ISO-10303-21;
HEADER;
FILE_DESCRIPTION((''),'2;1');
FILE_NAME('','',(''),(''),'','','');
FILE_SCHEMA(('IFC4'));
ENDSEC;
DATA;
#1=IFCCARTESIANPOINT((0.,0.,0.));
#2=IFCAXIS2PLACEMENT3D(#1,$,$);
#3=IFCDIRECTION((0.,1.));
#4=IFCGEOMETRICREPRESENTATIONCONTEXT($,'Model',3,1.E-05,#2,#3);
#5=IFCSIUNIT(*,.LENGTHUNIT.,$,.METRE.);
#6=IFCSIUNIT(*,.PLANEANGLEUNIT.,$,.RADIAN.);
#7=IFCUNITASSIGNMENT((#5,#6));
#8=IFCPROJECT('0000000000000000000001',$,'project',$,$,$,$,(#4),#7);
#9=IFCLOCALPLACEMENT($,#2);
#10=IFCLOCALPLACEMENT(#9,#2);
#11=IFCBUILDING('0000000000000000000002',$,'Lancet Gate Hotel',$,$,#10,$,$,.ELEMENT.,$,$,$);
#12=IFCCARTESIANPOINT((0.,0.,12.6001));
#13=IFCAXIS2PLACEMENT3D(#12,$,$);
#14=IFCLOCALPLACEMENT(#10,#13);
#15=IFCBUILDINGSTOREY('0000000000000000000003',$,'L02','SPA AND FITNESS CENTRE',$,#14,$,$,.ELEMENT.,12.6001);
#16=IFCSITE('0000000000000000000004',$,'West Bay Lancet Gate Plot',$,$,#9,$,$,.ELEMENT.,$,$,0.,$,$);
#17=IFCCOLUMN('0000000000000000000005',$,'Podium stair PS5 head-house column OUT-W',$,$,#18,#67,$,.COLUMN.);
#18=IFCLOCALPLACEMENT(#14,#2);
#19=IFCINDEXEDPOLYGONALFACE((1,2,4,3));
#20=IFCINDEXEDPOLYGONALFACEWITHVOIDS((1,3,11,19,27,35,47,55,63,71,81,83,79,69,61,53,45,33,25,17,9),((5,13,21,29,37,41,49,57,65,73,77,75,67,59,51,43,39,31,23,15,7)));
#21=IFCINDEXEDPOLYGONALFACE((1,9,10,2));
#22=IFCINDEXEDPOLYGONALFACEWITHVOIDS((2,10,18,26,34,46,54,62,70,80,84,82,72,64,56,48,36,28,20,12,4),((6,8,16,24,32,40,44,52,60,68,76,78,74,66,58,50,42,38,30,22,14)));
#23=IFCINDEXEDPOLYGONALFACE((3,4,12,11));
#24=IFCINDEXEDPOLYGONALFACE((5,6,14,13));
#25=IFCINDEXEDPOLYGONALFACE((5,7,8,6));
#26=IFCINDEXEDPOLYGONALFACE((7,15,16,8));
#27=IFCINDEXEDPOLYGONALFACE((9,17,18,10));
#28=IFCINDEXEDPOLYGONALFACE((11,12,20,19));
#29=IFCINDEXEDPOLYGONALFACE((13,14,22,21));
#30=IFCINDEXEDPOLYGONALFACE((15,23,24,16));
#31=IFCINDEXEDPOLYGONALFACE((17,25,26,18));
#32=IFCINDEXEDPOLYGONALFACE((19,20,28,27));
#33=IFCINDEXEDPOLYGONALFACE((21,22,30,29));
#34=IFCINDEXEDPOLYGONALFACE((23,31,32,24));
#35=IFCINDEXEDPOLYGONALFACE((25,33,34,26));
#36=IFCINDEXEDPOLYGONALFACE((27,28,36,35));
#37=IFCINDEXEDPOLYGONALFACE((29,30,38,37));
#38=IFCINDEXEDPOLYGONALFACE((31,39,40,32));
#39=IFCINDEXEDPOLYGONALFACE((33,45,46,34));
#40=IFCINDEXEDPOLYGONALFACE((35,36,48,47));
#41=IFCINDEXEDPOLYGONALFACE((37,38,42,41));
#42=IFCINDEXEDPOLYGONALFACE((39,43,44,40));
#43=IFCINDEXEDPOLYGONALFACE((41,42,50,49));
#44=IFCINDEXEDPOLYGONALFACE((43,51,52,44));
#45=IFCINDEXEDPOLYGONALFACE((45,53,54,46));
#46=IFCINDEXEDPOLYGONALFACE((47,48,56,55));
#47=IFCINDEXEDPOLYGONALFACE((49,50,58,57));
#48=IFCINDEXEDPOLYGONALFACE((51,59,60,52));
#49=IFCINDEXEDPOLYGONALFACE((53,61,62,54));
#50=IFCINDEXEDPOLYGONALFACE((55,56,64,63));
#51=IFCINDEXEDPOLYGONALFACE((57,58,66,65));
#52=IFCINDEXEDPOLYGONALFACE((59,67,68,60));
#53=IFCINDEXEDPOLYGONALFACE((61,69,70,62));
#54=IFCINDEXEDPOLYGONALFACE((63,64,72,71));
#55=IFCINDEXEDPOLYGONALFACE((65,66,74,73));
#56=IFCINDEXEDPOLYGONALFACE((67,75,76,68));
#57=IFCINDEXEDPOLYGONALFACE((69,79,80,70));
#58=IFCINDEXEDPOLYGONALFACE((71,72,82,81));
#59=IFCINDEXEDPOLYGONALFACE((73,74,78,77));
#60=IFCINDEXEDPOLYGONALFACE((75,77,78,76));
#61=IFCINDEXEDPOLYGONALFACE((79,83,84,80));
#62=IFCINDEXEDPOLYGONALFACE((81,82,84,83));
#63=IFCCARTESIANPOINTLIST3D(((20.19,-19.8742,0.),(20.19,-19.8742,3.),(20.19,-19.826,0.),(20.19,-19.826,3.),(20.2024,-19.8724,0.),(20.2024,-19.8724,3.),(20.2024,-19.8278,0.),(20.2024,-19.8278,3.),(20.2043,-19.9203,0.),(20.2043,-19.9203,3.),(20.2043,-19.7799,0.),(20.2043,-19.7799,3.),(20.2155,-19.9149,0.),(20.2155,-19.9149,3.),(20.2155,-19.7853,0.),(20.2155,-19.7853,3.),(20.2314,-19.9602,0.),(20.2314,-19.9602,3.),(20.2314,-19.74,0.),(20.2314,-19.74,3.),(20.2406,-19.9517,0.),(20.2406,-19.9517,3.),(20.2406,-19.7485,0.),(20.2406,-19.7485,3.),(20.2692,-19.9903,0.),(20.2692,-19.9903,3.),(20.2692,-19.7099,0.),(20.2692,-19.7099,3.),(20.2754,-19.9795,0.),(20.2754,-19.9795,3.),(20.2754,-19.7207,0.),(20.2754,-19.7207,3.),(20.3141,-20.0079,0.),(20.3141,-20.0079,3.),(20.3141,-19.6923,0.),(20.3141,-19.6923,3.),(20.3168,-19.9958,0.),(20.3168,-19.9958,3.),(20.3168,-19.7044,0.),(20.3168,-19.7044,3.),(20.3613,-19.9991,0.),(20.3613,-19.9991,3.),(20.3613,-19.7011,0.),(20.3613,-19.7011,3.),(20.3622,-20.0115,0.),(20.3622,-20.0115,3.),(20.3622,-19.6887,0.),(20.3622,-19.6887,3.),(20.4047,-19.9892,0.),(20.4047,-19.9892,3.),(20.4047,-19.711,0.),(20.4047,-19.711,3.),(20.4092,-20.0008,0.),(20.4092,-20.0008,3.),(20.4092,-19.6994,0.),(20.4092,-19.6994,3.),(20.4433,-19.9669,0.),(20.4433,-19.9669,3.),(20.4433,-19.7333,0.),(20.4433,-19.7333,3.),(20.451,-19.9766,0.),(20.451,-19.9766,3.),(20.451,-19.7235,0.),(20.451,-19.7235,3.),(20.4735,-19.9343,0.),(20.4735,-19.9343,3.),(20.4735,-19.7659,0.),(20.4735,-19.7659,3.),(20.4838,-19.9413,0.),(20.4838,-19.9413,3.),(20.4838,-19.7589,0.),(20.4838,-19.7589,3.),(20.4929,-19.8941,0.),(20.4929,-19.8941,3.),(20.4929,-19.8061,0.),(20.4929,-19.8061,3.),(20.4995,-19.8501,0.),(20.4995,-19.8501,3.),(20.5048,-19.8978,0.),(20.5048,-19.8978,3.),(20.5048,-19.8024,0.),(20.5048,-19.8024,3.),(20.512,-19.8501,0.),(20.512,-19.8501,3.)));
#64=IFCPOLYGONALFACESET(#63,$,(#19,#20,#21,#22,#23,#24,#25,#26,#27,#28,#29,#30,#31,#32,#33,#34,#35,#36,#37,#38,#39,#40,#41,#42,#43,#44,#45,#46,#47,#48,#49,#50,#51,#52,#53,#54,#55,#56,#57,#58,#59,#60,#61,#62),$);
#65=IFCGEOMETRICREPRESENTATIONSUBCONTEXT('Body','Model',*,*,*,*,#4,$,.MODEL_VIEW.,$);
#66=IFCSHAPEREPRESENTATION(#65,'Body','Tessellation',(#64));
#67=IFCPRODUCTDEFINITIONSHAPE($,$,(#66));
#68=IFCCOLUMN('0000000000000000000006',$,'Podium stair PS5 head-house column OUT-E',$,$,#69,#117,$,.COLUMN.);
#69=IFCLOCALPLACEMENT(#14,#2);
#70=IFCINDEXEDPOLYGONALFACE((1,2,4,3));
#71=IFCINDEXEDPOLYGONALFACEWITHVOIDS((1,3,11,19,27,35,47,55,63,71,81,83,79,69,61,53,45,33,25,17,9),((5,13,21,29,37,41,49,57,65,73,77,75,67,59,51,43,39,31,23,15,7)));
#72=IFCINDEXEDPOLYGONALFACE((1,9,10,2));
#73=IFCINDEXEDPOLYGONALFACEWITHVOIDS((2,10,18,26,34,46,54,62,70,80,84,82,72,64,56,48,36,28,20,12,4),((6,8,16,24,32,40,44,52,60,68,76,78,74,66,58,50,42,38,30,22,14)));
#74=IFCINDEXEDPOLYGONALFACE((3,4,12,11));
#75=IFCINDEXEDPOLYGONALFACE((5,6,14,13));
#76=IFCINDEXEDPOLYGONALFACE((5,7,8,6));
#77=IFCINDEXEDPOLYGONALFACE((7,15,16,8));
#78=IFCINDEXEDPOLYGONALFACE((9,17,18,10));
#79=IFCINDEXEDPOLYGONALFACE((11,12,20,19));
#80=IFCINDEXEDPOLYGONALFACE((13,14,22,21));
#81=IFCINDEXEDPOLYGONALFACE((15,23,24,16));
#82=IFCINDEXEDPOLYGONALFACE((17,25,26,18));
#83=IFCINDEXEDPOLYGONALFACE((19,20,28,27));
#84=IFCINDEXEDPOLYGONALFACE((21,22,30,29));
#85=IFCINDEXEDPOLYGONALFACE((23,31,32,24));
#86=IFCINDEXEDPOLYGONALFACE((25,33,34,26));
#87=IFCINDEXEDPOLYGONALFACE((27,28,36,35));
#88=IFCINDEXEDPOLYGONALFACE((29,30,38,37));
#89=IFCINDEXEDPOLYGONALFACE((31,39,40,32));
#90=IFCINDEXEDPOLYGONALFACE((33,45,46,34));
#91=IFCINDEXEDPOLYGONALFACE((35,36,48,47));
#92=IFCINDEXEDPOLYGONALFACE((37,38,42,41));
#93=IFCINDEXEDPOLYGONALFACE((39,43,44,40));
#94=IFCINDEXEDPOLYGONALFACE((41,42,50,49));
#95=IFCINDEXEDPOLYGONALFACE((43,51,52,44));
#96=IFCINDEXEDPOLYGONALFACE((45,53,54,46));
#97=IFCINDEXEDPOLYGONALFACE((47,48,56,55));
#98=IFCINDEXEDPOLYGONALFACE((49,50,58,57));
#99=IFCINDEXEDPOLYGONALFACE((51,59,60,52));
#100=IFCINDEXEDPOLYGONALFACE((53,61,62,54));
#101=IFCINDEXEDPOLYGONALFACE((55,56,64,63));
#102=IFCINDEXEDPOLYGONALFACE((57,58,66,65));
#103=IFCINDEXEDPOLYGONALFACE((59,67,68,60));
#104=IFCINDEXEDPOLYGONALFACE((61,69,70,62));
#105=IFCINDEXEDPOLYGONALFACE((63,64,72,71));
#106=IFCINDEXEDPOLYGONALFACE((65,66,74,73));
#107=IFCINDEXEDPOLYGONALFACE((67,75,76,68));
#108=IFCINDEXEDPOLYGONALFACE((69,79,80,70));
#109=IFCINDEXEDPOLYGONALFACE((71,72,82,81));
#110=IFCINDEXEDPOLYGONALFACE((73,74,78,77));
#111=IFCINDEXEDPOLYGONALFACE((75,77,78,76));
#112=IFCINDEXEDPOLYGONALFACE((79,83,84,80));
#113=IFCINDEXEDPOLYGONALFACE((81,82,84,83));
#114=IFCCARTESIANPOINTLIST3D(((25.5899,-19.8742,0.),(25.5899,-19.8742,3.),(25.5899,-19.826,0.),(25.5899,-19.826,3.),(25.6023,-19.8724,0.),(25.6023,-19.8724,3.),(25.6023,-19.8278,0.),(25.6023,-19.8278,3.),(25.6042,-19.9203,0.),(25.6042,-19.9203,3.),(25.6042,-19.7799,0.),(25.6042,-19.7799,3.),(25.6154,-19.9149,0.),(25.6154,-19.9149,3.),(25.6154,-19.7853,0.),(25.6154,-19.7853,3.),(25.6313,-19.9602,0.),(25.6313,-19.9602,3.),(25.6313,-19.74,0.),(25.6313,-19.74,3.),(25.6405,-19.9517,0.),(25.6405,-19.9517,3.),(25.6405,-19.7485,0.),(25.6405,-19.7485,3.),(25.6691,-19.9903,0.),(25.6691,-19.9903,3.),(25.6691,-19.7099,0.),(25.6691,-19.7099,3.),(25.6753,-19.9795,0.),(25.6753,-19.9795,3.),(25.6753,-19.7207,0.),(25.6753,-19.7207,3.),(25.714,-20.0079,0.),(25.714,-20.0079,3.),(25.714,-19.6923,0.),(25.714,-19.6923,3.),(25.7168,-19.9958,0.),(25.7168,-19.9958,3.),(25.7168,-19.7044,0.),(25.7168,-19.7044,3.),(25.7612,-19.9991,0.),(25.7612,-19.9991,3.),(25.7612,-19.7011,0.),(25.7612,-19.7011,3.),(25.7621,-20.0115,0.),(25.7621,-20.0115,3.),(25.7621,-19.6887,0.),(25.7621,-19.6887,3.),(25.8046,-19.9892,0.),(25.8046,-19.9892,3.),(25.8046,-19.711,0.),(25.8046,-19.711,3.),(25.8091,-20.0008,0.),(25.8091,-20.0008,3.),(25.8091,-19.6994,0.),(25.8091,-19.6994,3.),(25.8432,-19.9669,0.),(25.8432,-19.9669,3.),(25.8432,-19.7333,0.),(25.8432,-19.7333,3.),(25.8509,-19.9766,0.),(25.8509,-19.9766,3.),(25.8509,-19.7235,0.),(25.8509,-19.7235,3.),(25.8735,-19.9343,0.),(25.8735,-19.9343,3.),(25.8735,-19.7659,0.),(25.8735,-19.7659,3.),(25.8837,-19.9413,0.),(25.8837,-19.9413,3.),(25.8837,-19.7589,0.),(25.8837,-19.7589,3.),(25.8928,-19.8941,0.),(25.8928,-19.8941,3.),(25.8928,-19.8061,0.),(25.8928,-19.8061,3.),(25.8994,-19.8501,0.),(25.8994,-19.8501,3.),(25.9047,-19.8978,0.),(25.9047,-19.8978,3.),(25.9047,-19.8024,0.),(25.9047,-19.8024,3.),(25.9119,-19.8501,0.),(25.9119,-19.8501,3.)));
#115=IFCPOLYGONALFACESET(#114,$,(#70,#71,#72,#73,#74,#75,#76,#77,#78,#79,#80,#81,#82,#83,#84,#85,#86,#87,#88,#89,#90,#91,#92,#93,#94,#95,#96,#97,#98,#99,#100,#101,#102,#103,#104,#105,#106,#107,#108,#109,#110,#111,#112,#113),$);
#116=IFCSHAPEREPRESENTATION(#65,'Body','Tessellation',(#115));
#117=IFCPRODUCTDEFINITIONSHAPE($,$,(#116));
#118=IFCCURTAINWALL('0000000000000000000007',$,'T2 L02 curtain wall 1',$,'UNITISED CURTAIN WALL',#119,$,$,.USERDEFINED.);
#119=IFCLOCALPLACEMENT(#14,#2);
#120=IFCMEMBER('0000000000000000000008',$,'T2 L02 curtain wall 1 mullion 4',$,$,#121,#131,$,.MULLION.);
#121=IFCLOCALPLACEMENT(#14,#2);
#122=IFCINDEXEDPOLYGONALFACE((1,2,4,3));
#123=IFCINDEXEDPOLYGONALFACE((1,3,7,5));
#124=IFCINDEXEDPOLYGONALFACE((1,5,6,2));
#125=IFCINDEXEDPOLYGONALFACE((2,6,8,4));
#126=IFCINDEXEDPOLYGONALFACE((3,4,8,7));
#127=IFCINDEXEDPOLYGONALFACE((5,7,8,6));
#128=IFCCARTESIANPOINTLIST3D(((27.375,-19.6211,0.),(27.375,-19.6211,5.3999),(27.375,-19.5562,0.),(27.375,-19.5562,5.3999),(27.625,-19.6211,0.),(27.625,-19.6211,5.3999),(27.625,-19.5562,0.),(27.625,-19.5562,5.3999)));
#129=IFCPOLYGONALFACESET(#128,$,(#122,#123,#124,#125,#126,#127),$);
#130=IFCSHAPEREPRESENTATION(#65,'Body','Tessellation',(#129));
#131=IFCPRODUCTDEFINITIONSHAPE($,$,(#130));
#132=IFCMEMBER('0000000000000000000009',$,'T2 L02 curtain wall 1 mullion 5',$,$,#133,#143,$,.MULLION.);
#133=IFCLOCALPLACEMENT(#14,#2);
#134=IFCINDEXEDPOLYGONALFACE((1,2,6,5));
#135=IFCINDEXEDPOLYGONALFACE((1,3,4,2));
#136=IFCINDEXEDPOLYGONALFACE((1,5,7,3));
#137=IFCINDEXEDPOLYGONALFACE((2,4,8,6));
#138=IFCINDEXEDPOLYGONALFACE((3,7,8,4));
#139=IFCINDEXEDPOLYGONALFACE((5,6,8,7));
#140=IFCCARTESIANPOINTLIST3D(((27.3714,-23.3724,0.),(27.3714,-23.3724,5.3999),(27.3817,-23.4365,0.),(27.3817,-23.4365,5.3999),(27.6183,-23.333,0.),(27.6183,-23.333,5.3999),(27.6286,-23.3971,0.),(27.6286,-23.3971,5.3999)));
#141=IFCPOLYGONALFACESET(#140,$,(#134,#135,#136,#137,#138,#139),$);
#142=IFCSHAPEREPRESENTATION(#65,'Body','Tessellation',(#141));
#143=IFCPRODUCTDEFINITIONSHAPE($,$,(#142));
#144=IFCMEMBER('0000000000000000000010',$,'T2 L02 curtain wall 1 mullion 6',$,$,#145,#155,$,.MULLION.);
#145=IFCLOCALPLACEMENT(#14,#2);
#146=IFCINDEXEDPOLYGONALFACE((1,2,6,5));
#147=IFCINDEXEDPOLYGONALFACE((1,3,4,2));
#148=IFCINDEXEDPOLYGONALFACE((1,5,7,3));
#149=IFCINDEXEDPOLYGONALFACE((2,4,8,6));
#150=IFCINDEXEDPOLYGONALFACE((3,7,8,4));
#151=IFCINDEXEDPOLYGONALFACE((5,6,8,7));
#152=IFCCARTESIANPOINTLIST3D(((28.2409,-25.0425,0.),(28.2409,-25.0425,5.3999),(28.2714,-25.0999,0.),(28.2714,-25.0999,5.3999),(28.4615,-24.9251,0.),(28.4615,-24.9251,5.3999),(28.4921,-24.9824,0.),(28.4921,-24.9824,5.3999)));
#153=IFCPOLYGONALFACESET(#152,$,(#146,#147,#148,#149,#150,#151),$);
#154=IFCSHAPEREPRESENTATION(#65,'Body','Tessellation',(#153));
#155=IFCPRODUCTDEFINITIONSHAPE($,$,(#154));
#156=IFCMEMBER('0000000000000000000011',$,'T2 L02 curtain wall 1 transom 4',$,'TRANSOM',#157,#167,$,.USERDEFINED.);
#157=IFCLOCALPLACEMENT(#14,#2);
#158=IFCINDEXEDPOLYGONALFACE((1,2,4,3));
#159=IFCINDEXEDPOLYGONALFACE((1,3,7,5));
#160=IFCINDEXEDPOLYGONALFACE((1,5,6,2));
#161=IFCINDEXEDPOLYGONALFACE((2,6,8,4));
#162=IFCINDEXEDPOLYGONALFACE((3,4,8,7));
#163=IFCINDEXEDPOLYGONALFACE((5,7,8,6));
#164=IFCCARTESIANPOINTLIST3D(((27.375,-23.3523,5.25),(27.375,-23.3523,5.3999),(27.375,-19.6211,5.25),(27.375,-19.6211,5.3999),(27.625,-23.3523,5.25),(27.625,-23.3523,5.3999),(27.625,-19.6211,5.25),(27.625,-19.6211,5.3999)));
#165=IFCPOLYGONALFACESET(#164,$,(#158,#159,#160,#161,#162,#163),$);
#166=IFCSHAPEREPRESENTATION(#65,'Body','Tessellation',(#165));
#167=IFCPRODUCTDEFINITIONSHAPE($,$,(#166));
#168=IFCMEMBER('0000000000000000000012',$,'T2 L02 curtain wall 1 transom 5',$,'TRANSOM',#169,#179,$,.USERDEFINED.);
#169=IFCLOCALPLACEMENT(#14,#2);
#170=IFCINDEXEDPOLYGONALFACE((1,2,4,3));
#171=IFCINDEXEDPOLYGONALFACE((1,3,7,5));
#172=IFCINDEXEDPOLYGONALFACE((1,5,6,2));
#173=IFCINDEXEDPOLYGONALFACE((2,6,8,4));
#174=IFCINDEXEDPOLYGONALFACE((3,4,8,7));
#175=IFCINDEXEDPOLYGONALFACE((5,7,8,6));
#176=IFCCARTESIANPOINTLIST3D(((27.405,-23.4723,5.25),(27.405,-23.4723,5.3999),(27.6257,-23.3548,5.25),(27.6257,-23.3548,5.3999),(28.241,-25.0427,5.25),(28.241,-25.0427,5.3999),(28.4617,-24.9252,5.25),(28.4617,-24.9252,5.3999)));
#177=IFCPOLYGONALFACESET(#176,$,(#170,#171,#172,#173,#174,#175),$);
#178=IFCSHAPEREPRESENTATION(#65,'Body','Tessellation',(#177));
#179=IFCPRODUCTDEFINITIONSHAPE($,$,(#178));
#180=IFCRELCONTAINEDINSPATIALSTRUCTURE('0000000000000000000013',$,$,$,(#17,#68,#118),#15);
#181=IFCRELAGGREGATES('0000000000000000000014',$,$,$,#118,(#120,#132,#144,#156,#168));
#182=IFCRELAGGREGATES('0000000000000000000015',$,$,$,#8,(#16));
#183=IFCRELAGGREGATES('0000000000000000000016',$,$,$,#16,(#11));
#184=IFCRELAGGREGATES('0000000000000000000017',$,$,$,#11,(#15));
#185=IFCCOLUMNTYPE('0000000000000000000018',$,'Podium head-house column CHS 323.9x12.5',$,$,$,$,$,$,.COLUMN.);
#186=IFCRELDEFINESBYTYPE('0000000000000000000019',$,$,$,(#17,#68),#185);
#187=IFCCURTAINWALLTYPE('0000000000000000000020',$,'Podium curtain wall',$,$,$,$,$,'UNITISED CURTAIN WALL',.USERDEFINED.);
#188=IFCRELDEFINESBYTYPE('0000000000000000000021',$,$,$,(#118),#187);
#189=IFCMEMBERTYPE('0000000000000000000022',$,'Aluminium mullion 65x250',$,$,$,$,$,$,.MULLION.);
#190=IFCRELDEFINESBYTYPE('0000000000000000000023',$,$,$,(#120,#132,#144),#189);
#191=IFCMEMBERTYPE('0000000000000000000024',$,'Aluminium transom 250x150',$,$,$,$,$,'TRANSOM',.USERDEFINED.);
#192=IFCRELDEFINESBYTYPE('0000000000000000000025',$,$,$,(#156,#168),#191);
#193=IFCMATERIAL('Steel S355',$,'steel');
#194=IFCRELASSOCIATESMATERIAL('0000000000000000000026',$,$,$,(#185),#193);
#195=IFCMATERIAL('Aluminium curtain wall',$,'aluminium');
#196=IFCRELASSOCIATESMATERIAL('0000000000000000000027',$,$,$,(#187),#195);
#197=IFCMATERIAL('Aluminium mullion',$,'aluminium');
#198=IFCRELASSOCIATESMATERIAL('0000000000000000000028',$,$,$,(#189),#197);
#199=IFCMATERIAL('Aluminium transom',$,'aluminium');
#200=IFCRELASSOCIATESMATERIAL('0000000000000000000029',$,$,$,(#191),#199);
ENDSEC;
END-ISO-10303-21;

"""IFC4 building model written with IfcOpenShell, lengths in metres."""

from ifc_helpers import new_model, si_unit, direction, frame, origin, origin_2d, place, context, subcontext, project, spatial, rectangle, hollow_circle, extrude, material, material_profile, profile_set, type_object, element, aggregate, save


model = new_model("IFC4")

# Units and contexts
model_context = context("Model", 3, precision=1e-05, world=origin(), true_north=direction((0.0, 1.0)))
body_context = subcontext(model_context, "Body", "Model", "MODEL_VIEW")
ifc_project = project(units=[si_unit("LENGTHUNIT", "METRE"), si_unit("PLANEANGLEUNIT", "RADIAN")], contexts=[model_context])

# Site, building, storey
site_placement = place(None, origin())
site = spatial("IfcSite", under=ifc_project, at=site_placement, Name="West Bay Lancet Gate Plot", CompositionType="ELEMENT", RefElevation=0.0)
building_placement = place(site_placement, origin())
building = spatial("IfcBuilding", under=site, at=building_placement, Name="Lancet Gate Hotel", CompositionType="ELEMENT")
storey_placement = place(building_placement, frame((0.0, 0.0, 12.6001)))
storey = spatial("IfcBuildingStorey", under=building, at=storey_placement, Name="L02", Description="SPA AND FITNESS CENTRE", CompositionType="ELEMENT", Elevation=12.6001)

# Columns
ifc_material_1 = material(Name="Steel S355", Category="steel")
ifc_material_profile_1 = material_profile(ifc_material_1, hollow_circle(Radius=0.1619, WallThickness=0.0125, at=origin_2d()), Name="CHS 323.9x12.5")
ifc_profile_set_1 = profile_set([ifc_material_profile_1], Name="Steel S355")
column_type = type_object("IfcColumnType", Name="Podium head-house column CHS 323.9x12.5", PredefinedType="COLUMN", material=ifc_profile_set_1)
for number, where, z_axis, x_axis, name in (
    (1, (20.3501, -19.8501, 0.0), (0.0, 0.0, 1.0), (1.0, 0.0, 0.0), "Podium stair PS5 head-house column OUT-W"),
    (2, (25.75, -19.8501, 0.0), (0.0, 0.0, 1.0), (1.0, 0.0, 0.0), "Podium stair PS5 head-house column OUT-E"),
):
    element("IfcColumn", number, at=place(storey_placement, frame(where, z_axis=z_axis, x_axis=x_axis)), inside=storey, type_object=column_type, Name=name, PredefinedType="COLUMN", context=body_context, shape_type="SweptSolid", body=[
        extrude(hollow_circle(Radius=0.1619, WallThickness=0.0125, at=origin_2d()), origin(), (0.0, 0.0, 1.0), 3.0),
    ])

# Curtain wall, members
ifc_material_2 = material(Name="Aluminium curtain wall", Category="aluminium")
curtain_wall_type = type_object("IfcCurtainWallType", Name="Podium curtain wall", ElementType="UNITISED CURTAIN WALL", PredefinedType="USERDEFINED", material=ifc_material_2)
curtain_wall_placement = place(storey_placement, origin())
curtain_wall = element("IfcCurtainWall", 3, at=curtain_wall_placement, inside=storey, type_object=curtain_wall_type, Name="T2 L02 curtain wall 1", ObjectType="UNITISED CURTAIN WALL", PredefinedType="USERDEFINED")
ifc_material_3 = material(Name="Aluminium mullion", Category="aluminium")
ifc_material_profile_2 = material_profile(ifc_material_3, rectangle(XDim=0.0649, YDim=0.25, at=origin_2d()), Name="MULLION 65x250")
ifc_profile_set_2 = profile_set([ifc_material_profile_2], Name="Aluminium mullion")
member_type_1 = type_object("IfcMemberType", Name="Aluminium mullion 65x250", PredefinedType="MULLION", material=ifc_profile_set_2)
member_1_placement = place(storey_placement, frame((27.5, -19.5886, 0.0), z_axis=(0.0, 0.0, 1.0), x_axis=(0.0, -1.0, 0.0)))
member_1 = element("IfcMember", 4, at=member_1_placement, type_object=member_type_1, Name="T2 L02 curtain wall 1 mullion 4", PredefinedType="MULLION", context=body_context, shape_type="SweptSolid", body=[
    extrude(rectangle(XDim=0.0649, YDim=0.25, at=origin_2d()), origin(), (0.0, 0.0, 1.0), 5.3999),
])
member_2_placement = place(storey_placement, frame((27.5, -23.3848, 0.0), z_axis=(0.0, 0.0, 1.0), x_axis=(0.157752, -0.987479, 0.0)))
member_2 = element("IfcMember", 5, at=member_2_placement, type_object=member_type_1, Name="T2 L02 curtain wall 1 mullion 5", PredefinedType="MULLION", context=body_context, shape_type="SweptSolid", body=[
    extrude(rectangle(XDim=0.0649, YDim=0.25, at=origin_2d()), origin(), (0.0, 0.0, 1.0), 5.3999),
])
member_3_placement = place(storey_placement, frame((28.3665, -25.0125, 0.0), z_axis=(0.0, 0.0, 1.0), x_axis=(0.469898, -0.882721, 0.0)))
member_3 = element("IfcMember", 6, at=member_3_placement, type_object=member_type_1, Name="T2 L02 curtain wall 1 mullion 6", PredefinedType="MULLION", context=body_context, shape_type="SweptSolid", body=[
    extrude(rectangle(XDim=0.0649, YDim=0.25, at=origin_2d()), origin(), (0.0, 0.0, 1.0), 5.3999),
])
ifc_material_4 = material(Name="Aluminium transom", Category="aluminium")
ifc_material_profile_3 = material_profile(ifc_material_4, rectangle(XDim=0.25, YDim=0.1499, at=origin_2d()), Name="TRANSOM 250x150")
ifc_profile_set_3 = profile_set([ifc_material_profile_3], Name="Aluminium transom")
member_type_2 = type_object("IfcMemberType", Name="Aluminium transom 250x150", ElementType="TRANSOM", PredefinedType="USERDEFINED", material=ifc_profile_set_3)
member_4_placement = place(storey_placement, frame((27.5, -19.6211, 5.325), z_axis=(0.0, -1.0, 0.0), x_axis=(1.0, 0.0, 0.0)))
member_4 = element("IfcMember", 7, at=member_4_placement, type_object=member_type_2, Name="T2 L02 curtain wall 1 transom 4", ObjectType="TRANSOM", PredefinedType="USERDEFINED", context=body_context, shape_type="SweptSolid", body=[
    extrude(rectangle(XDim=0.25, YDim=0.1499, at=origin_2d()), origin(), (0.0, 0.0, 1.0), 3.7312),
])
member_5_placement = place(storey_placement, frame((27.5154, -23.4136, 5.325), z_axis=(0.469904, -0.882717, 0.0), x_axis=(0.882717, 0.469904, 0.0)))
member_5 = element("IfcMember", 8, at=member_5_placement, type_object=member_type_2, Name="T2 L02 curtain wall 1 transom 5", ObjectType="TRANSOM", PredefinedType="USERDEFINED", context=body_context, shape_type="SweptSolid", body=[
    extrude(rectangle(XDim=0.25, YDim=0.1499, at=origin_2d()), origin(), (0.0, 0.0, 1.0), 1.7791),
])

aggregate(curtain_wall, [member_1, member_2, member_3, member_4, member_5])

save(model, "model.ifc")
